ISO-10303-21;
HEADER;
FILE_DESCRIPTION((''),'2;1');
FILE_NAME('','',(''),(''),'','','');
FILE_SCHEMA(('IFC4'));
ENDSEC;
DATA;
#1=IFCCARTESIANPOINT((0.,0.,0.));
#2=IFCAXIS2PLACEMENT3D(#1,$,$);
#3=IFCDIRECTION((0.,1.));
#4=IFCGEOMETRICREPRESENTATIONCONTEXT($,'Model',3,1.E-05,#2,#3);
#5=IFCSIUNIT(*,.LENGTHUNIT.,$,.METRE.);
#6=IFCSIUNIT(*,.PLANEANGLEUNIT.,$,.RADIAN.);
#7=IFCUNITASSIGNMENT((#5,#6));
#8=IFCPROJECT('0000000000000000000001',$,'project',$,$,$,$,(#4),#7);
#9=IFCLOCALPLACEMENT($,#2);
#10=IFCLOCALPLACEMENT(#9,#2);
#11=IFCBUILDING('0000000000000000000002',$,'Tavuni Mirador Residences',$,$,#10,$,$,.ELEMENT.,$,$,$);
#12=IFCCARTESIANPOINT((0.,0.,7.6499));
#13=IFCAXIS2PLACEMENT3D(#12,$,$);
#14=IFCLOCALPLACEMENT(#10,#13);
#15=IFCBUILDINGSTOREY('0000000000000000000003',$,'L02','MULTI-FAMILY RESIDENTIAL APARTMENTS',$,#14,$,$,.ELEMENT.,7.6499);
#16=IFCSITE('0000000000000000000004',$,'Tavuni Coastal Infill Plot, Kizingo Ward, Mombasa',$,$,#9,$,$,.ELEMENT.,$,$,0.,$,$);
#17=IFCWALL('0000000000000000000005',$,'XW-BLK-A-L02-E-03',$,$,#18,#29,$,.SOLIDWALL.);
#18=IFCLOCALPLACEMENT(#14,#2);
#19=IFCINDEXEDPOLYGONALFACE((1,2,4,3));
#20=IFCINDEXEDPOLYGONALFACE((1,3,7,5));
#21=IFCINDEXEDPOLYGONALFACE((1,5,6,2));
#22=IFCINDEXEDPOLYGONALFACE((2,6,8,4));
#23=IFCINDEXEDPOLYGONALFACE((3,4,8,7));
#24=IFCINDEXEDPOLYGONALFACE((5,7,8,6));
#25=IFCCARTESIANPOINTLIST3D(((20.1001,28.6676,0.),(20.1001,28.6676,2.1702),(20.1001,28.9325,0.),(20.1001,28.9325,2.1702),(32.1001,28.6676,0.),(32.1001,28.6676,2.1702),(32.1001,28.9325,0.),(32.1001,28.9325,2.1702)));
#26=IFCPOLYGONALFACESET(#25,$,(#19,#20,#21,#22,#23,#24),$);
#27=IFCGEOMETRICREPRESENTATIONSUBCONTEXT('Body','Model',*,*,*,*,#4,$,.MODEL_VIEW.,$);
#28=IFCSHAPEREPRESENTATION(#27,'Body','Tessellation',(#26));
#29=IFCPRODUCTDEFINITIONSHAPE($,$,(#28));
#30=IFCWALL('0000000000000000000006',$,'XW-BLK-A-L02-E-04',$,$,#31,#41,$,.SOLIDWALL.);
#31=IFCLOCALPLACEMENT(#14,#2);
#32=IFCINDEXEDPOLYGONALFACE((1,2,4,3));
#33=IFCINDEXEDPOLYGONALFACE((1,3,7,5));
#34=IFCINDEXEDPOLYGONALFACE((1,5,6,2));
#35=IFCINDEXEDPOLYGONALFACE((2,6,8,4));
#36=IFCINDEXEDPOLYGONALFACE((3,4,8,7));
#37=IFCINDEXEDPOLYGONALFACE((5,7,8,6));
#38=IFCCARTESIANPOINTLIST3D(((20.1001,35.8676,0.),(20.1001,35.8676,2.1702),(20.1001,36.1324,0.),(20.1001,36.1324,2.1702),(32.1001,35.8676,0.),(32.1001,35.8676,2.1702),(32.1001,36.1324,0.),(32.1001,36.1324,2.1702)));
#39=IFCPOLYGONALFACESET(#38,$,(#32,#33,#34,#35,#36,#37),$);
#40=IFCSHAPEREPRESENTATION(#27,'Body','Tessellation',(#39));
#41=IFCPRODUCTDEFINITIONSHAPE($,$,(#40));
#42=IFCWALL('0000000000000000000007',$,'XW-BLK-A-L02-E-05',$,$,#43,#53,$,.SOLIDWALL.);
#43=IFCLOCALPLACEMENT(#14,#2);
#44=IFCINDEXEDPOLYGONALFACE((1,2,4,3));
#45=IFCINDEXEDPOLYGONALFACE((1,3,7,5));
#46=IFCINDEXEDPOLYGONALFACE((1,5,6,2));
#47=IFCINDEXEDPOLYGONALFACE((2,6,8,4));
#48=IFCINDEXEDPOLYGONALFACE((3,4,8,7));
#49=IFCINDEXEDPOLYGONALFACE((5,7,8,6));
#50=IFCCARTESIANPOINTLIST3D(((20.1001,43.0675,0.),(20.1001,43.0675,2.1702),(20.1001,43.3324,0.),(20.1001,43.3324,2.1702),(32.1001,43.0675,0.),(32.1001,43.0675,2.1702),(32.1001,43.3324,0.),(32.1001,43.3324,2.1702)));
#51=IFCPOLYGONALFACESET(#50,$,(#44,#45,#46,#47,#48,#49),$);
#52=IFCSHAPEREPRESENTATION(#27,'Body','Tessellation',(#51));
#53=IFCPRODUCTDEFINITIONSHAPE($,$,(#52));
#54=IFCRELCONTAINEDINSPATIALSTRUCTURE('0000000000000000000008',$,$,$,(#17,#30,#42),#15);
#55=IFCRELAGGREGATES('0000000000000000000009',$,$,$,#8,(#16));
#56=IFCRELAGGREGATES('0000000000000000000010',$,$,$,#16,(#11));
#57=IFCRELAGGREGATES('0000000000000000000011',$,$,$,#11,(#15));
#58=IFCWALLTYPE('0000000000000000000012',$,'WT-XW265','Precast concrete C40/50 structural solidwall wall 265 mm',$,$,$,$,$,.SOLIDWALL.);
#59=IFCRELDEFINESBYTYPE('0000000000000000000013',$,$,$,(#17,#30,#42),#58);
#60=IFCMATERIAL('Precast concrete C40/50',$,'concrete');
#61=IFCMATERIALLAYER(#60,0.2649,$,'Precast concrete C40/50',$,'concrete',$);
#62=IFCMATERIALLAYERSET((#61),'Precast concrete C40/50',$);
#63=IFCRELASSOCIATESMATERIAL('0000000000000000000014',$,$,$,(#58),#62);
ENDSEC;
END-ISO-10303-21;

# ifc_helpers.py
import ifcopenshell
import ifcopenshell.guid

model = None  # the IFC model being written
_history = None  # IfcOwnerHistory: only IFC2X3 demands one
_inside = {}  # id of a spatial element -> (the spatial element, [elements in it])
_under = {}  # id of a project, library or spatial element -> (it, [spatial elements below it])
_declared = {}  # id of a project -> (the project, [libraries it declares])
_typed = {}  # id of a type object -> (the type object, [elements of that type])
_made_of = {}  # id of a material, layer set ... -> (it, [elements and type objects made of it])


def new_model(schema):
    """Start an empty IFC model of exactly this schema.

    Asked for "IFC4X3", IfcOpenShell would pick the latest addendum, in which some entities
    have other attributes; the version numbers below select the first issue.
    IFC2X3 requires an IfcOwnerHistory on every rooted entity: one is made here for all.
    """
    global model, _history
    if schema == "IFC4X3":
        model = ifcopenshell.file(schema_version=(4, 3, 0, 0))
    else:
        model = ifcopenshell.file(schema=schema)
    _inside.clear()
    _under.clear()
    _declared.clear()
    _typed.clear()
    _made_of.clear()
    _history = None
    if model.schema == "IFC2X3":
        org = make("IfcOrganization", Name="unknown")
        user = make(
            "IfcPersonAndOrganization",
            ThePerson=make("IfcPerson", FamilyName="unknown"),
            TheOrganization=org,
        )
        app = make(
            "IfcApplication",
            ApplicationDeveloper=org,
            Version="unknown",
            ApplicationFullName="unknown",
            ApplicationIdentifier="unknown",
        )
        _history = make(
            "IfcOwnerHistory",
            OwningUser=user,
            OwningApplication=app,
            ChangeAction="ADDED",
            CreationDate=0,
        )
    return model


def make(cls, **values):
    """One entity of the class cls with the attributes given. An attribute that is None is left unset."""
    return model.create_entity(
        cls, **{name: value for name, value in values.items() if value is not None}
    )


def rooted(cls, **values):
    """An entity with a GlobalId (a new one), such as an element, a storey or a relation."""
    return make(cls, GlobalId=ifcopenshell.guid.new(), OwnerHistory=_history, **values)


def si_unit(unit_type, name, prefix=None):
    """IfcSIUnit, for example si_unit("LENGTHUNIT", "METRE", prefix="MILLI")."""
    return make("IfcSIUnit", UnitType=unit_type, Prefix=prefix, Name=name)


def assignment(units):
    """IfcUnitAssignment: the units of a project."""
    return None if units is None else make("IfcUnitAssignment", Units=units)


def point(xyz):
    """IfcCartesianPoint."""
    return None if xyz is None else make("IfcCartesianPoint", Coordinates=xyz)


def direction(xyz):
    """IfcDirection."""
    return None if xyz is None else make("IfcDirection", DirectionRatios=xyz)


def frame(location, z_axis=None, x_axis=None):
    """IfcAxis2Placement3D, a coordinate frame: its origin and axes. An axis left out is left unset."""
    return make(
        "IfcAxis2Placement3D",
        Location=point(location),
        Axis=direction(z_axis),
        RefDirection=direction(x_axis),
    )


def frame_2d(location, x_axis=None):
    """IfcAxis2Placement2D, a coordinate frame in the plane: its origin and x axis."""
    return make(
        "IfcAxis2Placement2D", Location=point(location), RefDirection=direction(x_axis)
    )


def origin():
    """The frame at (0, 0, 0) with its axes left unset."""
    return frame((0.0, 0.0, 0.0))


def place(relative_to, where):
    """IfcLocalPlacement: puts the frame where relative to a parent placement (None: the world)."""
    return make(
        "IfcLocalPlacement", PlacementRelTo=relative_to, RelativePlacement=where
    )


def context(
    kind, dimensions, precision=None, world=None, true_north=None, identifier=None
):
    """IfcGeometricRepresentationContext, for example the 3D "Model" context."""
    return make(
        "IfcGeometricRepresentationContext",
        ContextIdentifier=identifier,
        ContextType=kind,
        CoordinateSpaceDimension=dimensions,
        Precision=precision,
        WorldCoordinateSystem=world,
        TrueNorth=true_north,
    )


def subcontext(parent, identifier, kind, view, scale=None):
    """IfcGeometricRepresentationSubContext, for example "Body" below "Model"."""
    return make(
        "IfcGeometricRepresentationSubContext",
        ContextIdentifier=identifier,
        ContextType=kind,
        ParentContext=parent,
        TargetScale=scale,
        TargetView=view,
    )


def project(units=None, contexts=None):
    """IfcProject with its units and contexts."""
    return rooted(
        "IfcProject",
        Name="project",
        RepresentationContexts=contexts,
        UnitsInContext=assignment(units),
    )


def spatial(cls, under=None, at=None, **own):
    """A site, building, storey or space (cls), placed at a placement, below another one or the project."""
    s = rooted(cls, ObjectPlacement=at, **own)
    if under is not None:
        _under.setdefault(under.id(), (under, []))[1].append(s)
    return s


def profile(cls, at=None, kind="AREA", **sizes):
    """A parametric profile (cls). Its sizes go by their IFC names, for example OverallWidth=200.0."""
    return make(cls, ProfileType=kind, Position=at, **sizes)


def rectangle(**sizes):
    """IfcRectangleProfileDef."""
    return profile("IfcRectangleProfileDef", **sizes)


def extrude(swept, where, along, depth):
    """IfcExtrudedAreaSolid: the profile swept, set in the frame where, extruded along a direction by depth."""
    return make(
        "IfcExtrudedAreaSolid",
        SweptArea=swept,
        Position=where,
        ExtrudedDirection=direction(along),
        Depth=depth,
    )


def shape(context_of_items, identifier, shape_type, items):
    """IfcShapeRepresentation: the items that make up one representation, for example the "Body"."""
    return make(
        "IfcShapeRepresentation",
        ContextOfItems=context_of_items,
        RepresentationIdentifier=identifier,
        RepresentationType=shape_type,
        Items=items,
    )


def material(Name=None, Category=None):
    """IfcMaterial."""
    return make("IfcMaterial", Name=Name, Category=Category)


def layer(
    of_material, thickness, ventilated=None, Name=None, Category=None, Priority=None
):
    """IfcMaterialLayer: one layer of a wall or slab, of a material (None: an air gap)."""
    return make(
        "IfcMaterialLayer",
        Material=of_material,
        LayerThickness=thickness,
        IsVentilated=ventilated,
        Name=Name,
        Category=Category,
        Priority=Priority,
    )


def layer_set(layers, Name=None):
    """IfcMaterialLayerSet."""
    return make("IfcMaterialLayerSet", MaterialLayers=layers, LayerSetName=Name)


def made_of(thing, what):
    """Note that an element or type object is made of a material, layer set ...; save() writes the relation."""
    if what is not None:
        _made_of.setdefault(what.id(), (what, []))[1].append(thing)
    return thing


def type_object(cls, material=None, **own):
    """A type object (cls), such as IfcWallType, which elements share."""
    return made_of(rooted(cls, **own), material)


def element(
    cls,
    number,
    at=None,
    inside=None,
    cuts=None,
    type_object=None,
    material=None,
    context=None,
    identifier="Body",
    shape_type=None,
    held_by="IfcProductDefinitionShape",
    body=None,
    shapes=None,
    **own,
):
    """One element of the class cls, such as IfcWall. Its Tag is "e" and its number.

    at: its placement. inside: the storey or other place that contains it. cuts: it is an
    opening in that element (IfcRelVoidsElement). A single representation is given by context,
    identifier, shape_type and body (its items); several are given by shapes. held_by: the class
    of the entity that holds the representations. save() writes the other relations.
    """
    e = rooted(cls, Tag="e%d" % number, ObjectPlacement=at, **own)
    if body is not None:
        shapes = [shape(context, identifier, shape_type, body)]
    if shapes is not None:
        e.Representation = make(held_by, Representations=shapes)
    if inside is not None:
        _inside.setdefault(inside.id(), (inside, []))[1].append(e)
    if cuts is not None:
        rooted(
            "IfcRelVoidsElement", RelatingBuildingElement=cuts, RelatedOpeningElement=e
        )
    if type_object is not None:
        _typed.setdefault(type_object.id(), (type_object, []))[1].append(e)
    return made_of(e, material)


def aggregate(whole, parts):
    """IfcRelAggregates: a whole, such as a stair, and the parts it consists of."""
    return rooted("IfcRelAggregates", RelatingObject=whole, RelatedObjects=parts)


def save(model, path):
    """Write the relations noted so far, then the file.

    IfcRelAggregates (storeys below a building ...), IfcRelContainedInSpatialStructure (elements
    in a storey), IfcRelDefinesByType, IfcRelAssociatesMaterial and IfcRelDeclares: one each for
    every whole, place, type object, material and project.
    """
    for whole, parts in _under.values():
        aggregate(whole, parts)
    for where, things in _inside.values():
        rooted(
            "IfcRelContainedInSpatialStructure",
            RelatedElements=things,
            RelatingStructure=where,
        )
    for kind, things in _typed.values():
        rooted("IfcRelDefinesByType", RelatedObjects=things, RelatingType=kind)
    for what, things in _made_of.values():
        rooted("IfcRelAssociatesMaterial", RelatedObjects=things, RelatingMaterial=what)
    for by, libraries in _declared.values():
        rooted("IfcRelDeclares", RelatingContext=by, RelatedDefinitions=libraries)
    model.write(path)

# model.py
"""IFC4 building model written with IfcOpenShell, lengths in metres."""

from ifc_helpers import new_model, si_unit, direction, frame, frame_2d, origin, place, context, subcontext, project, spatial, rectangle, extrude, material, layer, layer_set, type_object, element, save


model = new_model("IFC4")

# Units and contexts
model_context = context("Model", 3, precision=1e-05, world=origin(), true_north=direction((0.0, 1.0)))
body_context = subcontext(model_context, "Body", "Model", "MODEL_VIEW")
ifc_project = project(units=[si_unit("LENGTHUNIT", "METRE"), si_unit("PLANEANGLEUNIT", "RADIAN")], contexts=[model_context])

# Site, building, storey
site_placement = place(None, origin())
site = spatial("IfcSite", under=ifc_project, at=site_placement, Name="Tavuni Coastal Infill Plot, Kizingo Ward, Mombasa", CompositionType="ELEMENT", RefElevation=0.0)
building_placement = place(site_placement, origin())
building = spatial("IfcBuilding", under=site, at=building_placement, Name="Tavuni Mirador Residences", CompositionType="ELEMENT")
storey_placement = place(building_placement, frame((0.0, 0.0, 7.6499)))
storey = spatial("IfcBuildingStorey", under=building, at=storey_placement, Name="L02", Description="MULTI-FAMILY RESIDENTIAL APARTMENTS", CompositionType="ELEMENT", Elevation=7.6499)

# Shared definitions
ifc_material_1 = material(Name="Precast concrete C40/50", Category="concrete")

# Walls
ifc_layer_1 = layer(ifc_material_1, 0.2649, Name="Precast concrete C40/50", Category="concrete")
ifc_layer_set_1 = layer_set([ifc_layer_1], Name="Precast concrete C40/50")
wall_type_1 = type_object("IfcWallType", Name="WT-XW265", Description="Precast concrete C40/50 structural solidwall wall 265 mm", PredefinedType="SOLIDWALL", material=ifc_layer_set_1)
for number, where, z_axis, x_axis, name in (
    (1, (20.1001, 28.8, 0.0), (0.0, 0.0, 1.0), (1.0, 0.0, 0.0), "XW-BLK-A-L02-E-03"),
    (2, (20.1001, 36.0, 0.0), (0.0, 0.0, 1.0), (1.0, 0.0, 0.0), "XW-BLK-A-L02-E-04"),
    (3, (20.1001, 43.2, 0.0), (0.0, 0.0, 1.0), (1.0, 0.0, 0.0), "XW-BLK-A-L02-E-05"),
):
    element("IfcWall", number, at=place(storey_placement, frame(where, z_axis=z_axis, x_axis=x_axis)), inside=storey, type_object=wall_type_1, Name=name, PredefinedType="SOLIDWALL", context=body_context, shape_type="SweptSolid", body=[
        extrude(rectangle(XDim=12.0, YDim=0.2649, at=frame_2d((6.0, 0.0))), origin(), (0.0, 0.0, 1.0), 2.1702),
    ])

save(model, "model.ifc")
